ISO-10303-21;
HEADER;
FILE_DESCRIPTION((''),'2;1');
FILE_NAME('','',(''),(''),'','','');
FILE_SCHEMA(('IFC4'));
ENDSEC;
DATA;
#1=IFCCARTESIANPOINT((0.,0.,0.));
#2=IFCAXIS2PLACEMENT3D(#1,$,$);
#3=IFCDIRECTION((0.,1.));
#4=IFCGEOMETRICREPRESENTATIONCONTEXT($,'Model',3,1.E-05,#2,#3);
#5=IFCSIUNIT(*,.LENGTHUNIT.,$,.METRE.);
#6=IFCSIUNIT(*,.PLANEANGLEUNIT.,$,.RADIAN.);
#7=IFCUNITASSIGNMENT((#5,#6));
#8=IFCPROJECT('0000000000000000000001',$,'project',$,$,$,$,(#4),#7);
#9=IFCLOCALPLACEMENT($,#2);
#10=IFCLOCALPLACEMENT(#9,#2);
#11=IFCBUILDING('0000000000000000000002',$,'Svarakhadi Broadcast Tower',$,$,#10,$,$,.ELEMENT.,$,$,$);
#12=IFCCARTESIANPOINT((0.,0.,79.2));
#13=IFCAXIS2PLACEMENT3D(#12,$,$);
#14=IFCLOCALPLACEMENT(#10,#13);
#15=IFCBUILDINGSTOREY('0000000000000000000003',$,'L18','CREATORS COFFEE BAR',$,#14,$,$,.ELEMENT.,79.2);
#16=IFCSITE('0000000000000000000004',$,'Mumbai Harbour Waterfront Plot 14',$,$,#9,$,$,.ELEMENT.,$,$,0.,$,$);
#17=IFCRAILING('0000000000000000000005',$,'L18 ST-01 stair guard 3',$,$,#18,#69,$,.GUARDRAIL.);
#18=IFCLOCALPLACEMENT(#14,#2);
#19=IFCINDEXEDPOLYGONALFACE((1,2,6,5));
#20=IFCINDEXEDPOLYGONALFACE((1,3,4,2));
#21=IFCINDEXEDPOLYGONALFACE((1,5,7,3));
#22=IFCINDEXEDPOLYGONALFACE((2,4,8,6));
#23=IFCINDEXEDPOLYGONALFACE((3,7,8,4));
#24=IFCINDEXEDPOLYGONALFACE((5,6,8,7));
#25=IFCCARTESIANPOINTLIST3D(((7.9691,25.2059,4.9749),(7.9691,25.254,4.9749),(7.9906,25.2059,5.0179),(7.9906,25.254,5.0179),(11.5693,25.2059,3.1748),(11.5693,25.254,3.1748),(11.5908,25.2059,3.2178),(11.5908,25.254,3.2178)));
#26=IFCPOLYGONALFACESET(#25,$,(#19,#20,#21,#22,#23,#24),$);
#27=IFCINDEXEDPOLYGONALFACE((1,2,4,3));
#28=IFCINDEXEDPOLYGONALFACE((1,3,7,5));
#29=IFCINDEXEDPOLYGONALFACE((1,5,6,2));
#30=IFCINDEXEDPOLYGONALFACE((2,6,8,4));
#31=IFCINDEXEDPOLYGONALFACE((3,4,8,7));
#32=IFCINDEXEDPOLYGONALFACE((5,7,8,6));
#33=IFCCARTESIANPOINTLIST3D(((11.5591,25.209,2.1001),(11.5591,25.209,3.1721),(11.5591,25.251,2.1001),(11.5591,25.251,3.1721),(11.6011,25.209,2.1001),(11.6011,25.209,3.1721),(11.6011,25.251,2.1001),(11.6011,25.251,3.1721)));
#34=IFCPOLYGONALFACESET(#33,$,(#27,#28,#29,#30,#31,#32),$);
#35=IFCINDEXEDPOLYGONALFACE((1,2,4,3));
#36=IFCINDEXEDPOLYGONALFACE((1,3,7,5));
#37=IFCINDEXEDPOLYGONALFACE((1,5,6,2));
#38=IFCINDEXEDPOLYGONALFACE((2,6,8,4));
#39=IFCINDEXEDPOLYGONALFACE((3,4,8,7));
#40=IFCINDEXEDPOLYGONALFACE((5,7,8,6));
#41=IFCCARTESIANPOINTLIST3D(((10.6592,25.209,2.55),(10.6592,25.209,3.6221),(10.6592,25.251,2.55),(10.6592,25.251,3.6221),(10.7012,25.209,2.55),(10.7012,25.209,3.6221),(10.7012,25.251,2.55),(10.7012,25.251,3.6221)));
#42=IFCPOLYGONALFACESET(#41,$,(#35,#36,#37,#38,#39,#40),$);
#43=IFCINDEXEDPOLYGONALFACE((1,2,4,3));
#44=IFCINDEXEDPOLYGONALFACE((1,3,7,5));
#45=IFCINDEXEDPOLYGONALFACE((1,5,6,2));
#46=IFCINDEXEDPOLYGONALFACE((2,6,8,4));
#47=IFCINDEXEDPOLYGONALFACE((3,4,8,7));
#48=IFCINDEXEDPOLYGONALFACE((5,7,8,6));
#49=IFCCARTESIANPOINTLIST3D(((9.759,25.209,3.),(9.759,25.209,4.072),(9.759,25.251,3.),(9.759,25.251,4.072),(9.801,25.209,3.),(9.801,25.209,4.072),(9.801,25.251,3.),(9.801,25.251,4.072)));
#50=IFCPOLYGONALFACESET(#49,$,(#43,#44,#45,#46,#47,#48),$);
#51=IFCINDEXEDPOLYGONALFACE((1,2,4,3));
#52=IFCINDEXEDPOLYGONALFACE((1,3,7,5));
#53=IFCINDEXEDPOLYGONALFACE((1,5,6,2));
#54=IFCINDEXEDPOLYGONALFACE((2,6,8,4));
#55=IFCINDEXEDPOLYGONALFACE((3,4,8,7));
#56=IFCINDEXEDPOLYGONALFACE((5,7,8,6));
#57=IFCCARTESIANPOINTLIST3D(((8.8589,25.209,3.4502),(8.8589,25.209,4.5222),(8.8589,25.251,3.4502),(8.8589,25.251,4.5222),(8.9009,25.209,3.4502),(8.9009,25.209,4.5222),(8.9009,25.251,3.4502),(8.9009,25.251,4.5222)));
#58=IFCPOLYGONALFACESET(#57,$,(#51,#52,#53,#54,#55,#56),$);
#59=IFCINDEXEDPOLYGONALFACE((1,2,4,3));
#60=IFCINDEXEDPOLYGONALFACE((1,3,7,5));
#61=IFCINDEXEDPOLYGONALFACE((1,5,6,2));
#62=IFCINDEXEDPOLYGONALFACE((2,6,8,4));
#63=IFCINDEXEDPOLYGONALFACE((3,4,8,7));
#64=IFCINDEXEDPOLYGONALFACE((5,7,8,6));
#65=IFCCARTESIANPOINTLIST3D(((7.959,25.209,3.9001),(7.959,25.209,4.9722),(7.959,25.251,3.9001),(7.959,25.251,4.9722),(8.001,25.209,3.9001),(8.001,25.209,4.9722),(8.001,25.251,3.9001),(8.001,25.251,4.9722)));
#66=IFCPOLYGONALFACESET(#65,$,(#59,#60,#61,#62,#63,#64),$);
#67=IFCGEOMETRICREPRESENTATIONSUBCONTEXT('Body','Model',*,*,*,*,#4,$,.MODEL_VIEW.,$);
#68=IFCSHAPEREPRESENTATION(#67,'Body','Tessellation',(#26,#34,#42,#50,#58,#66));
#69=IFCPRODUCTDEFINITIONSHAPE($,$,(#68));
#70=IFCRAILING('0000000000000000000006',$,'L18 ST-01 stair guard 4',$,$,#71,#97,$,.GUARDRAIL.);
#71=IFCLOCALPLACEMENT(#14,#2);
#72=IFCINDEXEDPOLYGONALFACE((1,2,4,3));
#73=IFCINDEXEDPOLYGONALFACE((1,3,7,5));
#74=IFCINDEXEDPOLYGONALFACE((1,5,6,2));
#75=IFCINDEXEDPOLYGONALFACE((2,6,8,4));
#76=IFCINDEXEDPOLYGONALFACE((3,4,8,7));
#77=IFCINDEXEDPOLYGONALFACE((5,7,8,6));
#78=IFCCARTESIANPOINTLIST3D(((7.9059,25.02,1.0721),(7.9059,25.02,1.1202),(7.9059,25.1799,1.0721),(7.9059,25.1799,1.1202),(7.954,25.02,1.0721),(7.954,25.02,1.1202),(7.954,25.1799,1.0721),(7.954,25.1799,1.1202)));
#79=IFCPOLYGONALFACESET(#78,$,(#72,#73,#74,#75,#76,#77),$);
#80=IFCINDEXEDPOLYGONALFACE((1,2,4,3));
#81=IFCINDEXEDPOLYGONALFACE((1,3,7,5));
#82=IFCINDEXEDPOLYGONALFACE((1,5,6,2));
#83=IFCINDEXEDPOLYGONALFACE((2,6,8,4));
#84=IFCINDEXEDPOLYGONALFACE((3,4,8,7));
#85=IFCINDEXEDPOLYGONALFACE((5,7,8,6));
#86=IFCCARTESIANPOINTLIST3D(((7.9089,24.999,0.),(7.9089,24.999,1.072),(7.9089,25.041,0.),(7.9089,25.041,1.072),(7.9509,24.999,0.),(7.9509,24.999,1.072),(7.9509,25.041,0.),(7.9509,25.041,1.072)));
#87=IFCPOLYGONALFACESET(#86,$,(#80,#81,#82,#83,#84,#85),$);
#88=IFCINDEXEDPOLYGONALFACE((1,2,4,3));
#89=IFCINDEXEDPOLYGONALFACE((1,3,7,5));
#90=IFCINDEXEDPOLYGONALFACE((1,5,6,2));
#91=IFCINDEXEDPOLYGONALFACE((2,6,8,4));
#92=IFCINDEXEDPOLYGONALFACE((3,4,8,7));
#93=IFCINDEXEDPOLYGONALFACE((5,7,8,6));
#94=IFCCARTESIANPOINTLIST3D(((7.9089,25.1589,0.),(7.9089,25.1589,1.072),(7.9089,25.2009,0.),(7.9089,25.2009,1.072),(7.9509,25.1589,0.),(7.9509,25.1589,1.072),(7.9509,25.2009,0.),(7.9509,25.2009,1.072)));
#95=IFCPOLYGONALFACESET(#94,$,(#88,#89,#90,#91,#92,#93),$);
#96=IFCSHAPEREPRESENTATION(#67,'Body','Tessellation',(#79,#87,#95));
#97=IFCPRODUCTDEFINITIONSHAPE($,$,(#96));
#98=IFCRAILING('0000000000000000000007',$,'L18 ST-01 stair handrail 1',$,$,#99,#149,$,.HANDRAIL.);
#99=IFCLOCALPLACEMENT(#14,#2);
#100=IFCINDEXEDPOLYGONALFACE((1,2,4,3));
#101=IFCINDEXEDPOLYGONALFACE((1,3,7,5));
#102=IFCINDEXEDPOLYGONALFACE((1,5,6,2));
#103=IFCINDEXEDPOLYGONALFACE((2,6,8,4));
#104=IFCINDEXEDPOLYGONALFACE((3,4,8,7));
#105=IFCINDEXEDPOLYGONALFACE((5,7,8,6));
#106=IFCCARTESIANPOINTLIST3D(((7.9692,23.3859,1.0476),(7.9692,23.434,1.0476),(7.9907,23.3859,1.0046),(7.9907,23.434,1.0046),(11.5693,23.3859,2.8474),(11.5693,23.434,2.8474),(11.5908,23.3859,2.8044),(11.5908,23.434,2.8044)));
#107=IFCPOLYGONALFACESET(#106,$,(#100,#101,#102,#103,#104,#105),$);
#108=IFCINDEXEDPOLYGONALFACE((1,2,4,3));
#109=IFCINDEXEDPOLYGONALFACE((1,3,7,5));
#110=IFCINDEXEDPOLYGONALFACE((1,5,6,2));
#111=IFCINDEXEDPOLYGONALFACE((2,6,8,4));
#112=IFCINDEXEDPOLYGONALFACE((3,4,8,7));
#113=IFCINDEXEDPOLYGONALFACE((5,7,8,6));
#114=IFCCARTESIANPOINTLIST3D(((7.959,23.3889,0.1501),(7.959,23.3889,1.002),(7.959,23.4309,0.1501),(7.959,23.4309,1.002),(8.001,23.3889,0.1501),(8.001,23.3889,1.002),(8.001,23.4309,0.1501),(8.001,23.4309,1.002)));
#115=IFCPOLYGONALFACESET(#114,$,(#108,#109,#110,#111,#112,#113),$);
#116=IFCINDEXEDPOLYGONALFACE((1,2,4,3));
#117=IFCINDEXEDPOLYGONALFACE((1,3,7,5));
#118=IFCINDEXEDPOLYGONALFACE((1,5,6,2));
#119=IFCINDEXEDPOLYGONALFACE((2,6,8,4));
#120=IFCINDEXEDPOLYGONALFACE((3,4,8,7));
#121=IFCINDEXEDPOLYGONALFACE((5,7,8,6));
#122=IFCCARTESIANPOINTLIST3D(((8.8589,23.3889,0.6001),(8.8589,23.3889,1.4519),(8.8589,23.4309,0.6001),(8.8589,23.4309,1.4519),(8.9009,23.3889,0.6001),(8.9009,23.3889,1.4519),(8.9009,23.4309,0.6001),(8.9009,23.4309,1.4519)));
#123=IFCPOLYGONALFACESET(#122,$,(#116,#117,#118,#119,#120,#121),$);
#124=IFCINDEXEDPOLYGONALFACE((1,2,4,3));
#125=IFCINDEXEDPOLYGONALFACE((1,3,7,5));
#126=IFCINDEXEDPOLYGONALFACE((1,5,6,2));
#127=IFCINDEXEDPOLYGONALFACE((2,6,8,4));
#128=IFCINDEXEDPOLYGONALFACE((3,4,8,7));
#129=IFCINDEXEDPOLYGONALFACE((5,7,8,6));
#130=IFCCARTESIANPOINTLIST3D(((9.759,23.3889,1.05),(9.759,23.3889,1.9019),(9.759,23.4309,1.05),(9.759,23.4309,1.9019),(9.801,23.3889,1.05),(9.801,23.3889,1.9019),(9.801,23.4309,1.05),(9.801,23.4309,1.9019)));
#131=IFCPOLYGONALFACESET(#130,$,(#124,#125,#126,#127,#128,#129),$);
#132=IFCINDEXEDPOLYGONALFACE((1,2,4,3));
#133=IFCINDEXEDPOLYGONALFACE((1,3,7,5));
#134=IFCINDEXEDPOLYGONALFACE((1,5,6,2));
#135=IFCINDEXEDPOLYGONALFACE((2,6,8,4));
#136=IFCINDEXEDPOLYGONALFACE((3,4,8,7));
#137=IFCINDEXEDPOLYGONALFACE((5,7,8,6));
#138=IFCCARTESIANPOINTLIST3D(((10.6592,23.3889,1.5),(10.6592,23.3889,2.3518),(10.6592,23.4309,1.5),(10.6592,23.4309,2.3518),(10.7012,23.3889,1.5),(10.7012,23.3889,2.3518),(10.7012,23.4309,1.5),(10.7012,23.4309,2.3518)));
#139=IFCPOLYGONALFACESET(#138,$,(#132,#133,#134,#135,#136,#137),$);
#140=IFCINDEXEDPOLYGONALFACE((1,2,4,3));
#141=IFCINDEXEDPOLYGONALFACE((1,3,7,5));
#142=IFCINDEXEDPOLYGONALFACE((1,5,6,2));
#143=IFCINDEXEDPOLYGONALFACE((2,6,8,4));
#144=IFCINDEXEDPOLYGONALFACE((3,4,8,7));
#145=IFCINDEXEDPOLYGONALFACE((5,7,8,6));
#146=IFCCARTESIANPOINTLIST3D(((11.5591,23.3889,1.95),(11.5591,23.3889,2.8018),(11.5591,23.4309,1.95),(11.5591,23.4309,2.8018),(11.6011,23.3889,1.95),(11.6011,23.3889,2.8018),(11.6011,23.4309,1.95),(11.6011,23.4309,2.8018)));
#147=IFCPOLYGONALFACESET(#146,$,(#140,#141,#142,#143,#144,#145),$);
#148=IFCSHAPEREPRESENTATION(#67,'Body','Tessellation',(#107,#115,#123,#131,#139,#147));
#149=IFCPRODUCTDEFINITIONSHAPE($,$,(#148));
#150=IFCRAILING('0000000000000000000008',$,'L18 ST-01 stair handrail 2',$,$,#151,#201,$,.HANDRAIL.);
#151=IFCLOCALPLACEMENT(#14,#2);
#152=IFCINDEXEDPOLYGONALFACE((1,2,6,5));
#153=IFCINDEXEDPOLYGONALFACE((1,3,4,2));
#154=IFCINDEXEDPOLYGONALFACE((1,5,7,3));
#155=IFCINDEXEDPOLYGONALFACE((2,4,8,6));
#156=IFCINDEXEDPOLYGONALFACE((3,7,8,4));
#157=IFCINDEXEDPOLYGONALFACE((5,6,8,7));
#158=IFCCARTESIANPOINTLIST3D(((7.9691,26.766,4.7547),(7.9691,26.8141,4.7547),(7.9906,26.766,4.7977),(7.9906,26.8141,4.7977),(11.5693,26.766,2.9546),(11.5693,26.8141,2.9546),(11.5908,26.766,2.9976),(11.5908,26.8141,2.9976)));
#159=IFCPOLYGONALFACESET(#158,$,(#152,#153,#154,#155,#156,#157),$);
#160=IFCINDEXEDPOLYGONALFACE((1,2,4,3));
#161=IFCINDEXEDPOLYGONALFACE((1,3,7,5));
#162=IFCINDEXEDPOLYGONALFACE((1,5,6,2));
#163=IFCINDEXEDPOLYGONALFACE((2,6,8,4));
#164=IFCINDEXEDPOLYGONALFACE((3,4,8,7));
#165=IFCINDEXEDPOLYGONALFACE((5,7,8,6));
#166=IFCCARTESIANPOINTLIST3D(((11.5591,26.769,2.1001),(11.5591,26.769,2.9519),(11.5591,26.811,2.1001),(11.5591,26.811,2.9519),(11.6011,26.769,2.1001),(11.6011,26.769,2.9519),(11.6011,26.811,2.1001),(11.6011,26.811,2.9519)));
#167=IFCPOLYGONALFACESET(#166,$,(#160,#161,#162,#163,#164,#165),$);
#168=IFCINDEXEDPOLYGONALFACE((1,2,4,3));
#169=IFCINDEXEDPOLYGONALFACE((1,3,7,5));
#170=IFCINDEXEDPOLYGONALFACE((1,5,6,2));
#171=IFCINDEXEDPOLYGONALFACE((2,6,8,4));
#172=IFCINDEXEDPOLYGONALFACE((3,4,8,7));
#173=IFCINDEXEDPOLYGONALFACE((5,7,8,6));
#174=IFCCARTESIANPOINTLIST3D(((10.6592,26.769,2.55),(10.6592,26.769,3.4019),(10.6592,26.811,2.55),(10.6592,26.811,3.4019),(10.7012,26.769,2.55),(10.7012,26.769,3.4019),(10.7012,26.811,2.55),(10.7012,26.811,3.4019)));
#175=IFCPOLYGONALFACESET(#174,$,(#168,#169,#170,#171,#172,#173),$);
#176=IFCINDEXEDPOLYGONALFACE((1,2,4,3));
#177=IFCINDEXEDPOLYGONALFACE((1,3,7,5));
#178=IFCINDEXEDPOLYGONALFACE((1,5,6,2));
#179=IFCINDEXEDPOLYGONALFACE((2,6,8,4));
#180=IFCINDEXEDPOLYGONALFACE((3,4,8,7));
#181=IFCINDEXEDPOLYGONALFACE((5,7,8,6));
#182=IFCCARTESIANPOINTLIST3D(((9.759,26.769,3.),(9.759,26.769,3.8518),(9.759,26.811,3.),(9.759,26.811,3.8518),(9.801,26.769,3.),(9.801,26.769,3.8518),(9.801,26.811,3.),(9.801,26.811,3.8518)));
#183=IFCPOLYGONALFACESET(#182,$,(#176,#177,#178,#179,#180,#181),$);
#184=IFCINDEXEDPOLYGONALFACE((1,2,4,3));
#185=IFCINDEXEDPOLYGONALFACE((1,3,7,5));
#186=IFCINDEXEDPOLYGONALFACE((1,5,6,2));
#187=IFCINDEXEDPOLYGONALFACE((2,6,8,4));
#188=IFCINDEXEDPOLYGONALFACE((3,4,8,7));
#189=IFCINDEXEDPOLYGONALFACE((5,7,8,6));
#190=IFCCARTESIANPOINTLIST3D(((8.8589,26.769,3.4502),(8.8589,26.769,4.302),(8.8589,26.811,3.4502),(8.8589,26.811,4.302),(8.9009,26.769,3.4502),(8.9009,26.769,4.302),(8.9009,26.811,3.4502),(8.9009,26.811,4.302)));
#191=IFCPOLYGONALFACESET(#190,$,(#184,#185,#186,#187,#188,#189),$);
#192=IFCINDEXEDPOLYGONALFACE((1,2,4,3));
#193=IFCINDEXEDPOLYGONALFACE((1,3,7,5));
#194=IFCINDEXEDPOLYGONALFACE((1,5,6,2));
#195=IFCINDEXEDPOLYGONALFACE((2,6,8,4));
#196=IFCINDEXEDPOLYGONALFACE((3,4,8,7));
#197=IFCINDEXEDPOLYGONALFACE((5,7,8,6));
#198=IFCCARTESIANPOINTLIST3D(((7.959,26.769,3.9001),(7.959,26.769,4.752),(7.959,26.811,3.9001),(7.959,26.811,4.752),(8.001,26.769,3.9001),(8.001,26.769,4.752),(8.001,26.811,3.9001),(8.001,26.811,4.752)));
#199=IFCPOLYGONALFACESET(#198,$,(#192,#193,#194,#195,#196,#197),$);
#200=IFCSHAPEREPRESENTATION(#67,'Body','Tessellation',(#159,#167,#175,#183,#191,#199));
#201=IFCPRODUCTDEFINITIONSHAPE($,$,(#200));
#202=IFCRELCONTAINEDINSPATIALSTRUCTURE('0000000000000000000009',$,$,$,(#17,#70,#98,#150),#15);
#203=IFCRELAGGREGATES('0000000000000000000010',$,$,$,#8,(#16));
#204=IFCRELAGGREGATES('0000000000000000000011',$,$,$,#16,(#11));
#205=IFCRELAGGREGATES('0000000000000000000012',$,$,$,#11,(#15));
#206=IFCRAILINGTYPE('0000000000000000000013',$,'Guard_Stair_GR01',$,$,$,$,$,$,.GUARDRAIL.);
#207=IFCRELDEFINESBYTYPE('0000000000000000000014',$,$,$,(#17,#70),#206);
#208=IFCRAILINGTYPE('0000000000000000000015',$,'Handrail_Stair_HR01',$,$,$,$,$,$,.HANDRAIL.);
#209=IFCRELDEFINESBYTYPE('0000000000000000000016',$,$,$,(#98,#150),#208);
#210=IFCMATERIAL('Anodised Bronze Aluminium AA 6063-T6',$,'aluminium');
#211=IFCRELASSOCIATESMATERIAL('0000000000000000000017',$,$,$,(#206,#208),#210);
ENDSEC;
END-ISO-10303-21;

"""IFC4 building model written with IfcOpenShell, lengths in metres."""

from ifc_helpers import new_model, si_unit, direction, frame, origin, origin_2d, place, context, subcontext, project, spatial, rectangle, extrude, material, type_object, element, save


model = new_model("IFC4")

# Units and contexts
model_context = context("Model", 3, precision=1e-05, world=origin(), true_north=direction((0.0, 1.0)))
body_context = subcontext(model_context, "Body", "Model", "MODEL_VIEW")
ifc_project = project(units=[si_unit("LENGTHUNIT", "METRE"), si_unit("PLANEANGLEUNIT", "RADIAN")], contexts=[model_context])

# Site, building, storey
site_placement = place(None, origin())
site = spatial("IfcSite", under=ifc_project, at=site_placement, Name="Mumbai Harbour Waterfront Plot 14", CompositionType="ELEMENT", RefElevation=0.0)
building_placement = place(site_placement, origin())
building = spatial("IfcBuilding", under=site, at=building_placement, Name="Svarakhadi Broadcast Tower", CompositionType="ELEMENT")
storey_placement = place(building_placement, frame((0.0, 0.0, 79.2)))
storey = spatial("IfcBuildingStorey", under=building, at=storey_placement, Name="L18", Description="CREATORS COFFEE BAR", CompositionType="ELEMENT", Elevation=79.2)

# Railings
ifc_material_1 = material(Name="Anodised Bronze Aluminium AA 6063-T6", Category="aluminium")
railing_type_1 = type_object("IfcRailingType", Name="Guard_Stair_GR01", PredefinedType="GUARDRAIL", material=ifc_material_1)
railing_1_placement = place(storey_placement, frame((11.5801, 25.23, 2.1001)))
element("IfcRailing", 1, at=railing_1_placement, inside=storey, type_object=railing_type_1, Name="L18 ST-01 stair guard 3", PredefinedType="GUARDRAIL", context=body_context, shape_type="SweptSolid", body=[
    extrude(rectangle(XDim=0.0481, YDim=0.0481, at=origin_2d()), frame((0.0, 0.0, 1.0962), z_axis=(-0.894427, 0.0, 0.447214), x_axis=(0.0, -1.0, 0.0)), (0.0, 0.0, 1.0), 4.0251),
    extrude(rectangle(XDim=0.042, YDim=0.042, at=origin_2d()), origin(), (0.0, 0.0, 1.0), 1.072),
    extrude(rectangle(XDim=0.042, YDim=0.042, at=origin_2d()), frame((-0.8999, 0.0, 0.45)), (0.0, 0.0, 1.0), 1.072),
    extrude(rectangle(XDim=0.042, YDim=0.042, at=origin_2d()), frame((-1.8, 0.0, 0.8999)), (0.0, 0.0, 1.0), 1.072),
    extrude(rectangle(XDim=0.042, YDim=0.042, at=origin_2d()), frame((-2.7002, 0.0, 1.3501)), (0.0, 0.0, 1.0), 1.072),
    extrude(rectangle(XDim=0.042, YDim=0.042, at=origin_2d()), frame((-3.6001, 0.0, 1.8)), (0.0, 0.0, 1.0), 1.072),
])
railing_2_placement = place(storey_placement, frame((7.9299, 25.02, 0.0)))
element("IfcRailing", 2, at=railing_2_placement, inside=storey, type_object=railing_type_1, Name="L18 ST-01 stair guard 4", PredefinedType="GUARDRAIL", context=body_context, shape_type="SweptSolid", body=[
    extrude(rectangle(XDim=0.0481, YDim=0.0481, at=origin_2d()), frame((0.0, 0.0, 1.0962), z_axis=(0.0, 1.0, 0.0), x_axis=(-1.0, 0.0, 0.0)), (0.0, 0.0, 1.0), 0.1599),
    extrude(rectangle(XDim=0.042, YDim=0.042, at=origin_2d()), origin(), (0.0, 0.0, 1.0), 1.072),
    extrude(rectangle(XDim=0.042, YDim=0.042, at=origin_2d()), frame((0.0, 0.1599, 0.0)), (0.0, 0.0, 1.0), 1.072),
])
railing_type_2 = type_object("IfcRailingType", Name="Handrail_Stair_HR01", PredefinedType="HANDRAIL", material=ifc_material_1)
railing_3_placement = place(storey_placement, frame((7.98, 23.4099, 0.1501)))
element("IfcRailing", 3, at=railing_3_placement, inside=storey, type_object=railing_type_2, Name="L18 ST-01 stair handrail 1", PredefinedType="HANDRAIL", context=body_context, shape_type="SweptSolid", body=[
    extrude(rectangle(XDim=0.0481, YDim=0.0481, at=origin_2d()), frame((0.0, 0.0, 0.876), z_axis=(0.894451, 0.0, 0.447165), x_axis=(0.0, 1.0, 0.0)), (0.0, 0.0, 1.0), 4.0249),
    extrude(rectangle(XDim=0.042, YDim=0.042, at=origin_2d()), origin(), (0.0, 0.0, 1.0), 0.8518),
    extrude(rectangle(XDim=0.042, YDim=0.042, at=origin_2d()), frame((0.8999, 0.0, 0.45)), (0.0, 0.0, 1.0), 0.8518),
    extrude(rectangle(XDim=0.042, YDim=0.042, at=origin_2d()), frame((1.8, 0.0, 0.8999)), (0.0, 0.0, 1.0), 0.8518),
    extrude(rectangle(XDim=0.042, YDim=0.042, at=origin_2d()), frame((2.7002, 0.0, 1.3499)), (0.0, 0.0, 1.0), 0.8518),
    extrude(rectangle(XDim=0.042, YDim=0.042, at=origin_2d()), frame((3.6001, 0.0, 1.7998)), (0.0, 0.0, 1.0), 0.8518),
])
railing_4_placement = place(storey_placement, frame((11.5801, 26.79, 2.1001)))
element("IfcRailing", 4, at=railing_4_placement, inside=storey, type_object=railing_type_2, Name="L18 ST-01 stair handrail 2", PredefinedType="HANDRAIL", context=body_context, shape_type="SweptSolid", body=[
    extrude(rectangle(XDim=0.0481, YDim=0.0481, at=origin_2d()), frame((0.0, 0.0, 0.876), z_axis=(-0.894427, 0.0, 0.447214), x_axis=(0.0, -1.0, 0.0)), (0.0, 0.0, 1.0), 4.0251),
    extrude(rectangle(XDim=0.042, YDim=0.042, at=origin_2d()), origin(), (0.0, 0.0, 1.0), 0.8518),
    extrude(rectangle(XDim=0.042, YDim=0.042, at=origin_2d()), frame((-0.8999, 0.0, 0.45)), (0.0, 0.0, 1.0), 0.8518),
    extrude(rectangle(XDim=0.042, YDim=0.042, at=origin_2d()), frame((-1.8, 0.0, 0.8999)), (0.0, 0.0, 1.0), 0.8518),
    extrude(rectangle(XDim=0.042, YDim=0.042, at=origin_2d()), frame((-2.7002, 0.0, 1.3501)), (0.0, 0.0, 1.0), 0.8518),
    extrude(rectangle(XDim=0.042, YDim=0.042, at=origin_2d()), frame((-3.6001, 0.0, 1.8)), (0.0, 0.0, 1.0), 0.8518),
])

save(model, "model.ifc")
